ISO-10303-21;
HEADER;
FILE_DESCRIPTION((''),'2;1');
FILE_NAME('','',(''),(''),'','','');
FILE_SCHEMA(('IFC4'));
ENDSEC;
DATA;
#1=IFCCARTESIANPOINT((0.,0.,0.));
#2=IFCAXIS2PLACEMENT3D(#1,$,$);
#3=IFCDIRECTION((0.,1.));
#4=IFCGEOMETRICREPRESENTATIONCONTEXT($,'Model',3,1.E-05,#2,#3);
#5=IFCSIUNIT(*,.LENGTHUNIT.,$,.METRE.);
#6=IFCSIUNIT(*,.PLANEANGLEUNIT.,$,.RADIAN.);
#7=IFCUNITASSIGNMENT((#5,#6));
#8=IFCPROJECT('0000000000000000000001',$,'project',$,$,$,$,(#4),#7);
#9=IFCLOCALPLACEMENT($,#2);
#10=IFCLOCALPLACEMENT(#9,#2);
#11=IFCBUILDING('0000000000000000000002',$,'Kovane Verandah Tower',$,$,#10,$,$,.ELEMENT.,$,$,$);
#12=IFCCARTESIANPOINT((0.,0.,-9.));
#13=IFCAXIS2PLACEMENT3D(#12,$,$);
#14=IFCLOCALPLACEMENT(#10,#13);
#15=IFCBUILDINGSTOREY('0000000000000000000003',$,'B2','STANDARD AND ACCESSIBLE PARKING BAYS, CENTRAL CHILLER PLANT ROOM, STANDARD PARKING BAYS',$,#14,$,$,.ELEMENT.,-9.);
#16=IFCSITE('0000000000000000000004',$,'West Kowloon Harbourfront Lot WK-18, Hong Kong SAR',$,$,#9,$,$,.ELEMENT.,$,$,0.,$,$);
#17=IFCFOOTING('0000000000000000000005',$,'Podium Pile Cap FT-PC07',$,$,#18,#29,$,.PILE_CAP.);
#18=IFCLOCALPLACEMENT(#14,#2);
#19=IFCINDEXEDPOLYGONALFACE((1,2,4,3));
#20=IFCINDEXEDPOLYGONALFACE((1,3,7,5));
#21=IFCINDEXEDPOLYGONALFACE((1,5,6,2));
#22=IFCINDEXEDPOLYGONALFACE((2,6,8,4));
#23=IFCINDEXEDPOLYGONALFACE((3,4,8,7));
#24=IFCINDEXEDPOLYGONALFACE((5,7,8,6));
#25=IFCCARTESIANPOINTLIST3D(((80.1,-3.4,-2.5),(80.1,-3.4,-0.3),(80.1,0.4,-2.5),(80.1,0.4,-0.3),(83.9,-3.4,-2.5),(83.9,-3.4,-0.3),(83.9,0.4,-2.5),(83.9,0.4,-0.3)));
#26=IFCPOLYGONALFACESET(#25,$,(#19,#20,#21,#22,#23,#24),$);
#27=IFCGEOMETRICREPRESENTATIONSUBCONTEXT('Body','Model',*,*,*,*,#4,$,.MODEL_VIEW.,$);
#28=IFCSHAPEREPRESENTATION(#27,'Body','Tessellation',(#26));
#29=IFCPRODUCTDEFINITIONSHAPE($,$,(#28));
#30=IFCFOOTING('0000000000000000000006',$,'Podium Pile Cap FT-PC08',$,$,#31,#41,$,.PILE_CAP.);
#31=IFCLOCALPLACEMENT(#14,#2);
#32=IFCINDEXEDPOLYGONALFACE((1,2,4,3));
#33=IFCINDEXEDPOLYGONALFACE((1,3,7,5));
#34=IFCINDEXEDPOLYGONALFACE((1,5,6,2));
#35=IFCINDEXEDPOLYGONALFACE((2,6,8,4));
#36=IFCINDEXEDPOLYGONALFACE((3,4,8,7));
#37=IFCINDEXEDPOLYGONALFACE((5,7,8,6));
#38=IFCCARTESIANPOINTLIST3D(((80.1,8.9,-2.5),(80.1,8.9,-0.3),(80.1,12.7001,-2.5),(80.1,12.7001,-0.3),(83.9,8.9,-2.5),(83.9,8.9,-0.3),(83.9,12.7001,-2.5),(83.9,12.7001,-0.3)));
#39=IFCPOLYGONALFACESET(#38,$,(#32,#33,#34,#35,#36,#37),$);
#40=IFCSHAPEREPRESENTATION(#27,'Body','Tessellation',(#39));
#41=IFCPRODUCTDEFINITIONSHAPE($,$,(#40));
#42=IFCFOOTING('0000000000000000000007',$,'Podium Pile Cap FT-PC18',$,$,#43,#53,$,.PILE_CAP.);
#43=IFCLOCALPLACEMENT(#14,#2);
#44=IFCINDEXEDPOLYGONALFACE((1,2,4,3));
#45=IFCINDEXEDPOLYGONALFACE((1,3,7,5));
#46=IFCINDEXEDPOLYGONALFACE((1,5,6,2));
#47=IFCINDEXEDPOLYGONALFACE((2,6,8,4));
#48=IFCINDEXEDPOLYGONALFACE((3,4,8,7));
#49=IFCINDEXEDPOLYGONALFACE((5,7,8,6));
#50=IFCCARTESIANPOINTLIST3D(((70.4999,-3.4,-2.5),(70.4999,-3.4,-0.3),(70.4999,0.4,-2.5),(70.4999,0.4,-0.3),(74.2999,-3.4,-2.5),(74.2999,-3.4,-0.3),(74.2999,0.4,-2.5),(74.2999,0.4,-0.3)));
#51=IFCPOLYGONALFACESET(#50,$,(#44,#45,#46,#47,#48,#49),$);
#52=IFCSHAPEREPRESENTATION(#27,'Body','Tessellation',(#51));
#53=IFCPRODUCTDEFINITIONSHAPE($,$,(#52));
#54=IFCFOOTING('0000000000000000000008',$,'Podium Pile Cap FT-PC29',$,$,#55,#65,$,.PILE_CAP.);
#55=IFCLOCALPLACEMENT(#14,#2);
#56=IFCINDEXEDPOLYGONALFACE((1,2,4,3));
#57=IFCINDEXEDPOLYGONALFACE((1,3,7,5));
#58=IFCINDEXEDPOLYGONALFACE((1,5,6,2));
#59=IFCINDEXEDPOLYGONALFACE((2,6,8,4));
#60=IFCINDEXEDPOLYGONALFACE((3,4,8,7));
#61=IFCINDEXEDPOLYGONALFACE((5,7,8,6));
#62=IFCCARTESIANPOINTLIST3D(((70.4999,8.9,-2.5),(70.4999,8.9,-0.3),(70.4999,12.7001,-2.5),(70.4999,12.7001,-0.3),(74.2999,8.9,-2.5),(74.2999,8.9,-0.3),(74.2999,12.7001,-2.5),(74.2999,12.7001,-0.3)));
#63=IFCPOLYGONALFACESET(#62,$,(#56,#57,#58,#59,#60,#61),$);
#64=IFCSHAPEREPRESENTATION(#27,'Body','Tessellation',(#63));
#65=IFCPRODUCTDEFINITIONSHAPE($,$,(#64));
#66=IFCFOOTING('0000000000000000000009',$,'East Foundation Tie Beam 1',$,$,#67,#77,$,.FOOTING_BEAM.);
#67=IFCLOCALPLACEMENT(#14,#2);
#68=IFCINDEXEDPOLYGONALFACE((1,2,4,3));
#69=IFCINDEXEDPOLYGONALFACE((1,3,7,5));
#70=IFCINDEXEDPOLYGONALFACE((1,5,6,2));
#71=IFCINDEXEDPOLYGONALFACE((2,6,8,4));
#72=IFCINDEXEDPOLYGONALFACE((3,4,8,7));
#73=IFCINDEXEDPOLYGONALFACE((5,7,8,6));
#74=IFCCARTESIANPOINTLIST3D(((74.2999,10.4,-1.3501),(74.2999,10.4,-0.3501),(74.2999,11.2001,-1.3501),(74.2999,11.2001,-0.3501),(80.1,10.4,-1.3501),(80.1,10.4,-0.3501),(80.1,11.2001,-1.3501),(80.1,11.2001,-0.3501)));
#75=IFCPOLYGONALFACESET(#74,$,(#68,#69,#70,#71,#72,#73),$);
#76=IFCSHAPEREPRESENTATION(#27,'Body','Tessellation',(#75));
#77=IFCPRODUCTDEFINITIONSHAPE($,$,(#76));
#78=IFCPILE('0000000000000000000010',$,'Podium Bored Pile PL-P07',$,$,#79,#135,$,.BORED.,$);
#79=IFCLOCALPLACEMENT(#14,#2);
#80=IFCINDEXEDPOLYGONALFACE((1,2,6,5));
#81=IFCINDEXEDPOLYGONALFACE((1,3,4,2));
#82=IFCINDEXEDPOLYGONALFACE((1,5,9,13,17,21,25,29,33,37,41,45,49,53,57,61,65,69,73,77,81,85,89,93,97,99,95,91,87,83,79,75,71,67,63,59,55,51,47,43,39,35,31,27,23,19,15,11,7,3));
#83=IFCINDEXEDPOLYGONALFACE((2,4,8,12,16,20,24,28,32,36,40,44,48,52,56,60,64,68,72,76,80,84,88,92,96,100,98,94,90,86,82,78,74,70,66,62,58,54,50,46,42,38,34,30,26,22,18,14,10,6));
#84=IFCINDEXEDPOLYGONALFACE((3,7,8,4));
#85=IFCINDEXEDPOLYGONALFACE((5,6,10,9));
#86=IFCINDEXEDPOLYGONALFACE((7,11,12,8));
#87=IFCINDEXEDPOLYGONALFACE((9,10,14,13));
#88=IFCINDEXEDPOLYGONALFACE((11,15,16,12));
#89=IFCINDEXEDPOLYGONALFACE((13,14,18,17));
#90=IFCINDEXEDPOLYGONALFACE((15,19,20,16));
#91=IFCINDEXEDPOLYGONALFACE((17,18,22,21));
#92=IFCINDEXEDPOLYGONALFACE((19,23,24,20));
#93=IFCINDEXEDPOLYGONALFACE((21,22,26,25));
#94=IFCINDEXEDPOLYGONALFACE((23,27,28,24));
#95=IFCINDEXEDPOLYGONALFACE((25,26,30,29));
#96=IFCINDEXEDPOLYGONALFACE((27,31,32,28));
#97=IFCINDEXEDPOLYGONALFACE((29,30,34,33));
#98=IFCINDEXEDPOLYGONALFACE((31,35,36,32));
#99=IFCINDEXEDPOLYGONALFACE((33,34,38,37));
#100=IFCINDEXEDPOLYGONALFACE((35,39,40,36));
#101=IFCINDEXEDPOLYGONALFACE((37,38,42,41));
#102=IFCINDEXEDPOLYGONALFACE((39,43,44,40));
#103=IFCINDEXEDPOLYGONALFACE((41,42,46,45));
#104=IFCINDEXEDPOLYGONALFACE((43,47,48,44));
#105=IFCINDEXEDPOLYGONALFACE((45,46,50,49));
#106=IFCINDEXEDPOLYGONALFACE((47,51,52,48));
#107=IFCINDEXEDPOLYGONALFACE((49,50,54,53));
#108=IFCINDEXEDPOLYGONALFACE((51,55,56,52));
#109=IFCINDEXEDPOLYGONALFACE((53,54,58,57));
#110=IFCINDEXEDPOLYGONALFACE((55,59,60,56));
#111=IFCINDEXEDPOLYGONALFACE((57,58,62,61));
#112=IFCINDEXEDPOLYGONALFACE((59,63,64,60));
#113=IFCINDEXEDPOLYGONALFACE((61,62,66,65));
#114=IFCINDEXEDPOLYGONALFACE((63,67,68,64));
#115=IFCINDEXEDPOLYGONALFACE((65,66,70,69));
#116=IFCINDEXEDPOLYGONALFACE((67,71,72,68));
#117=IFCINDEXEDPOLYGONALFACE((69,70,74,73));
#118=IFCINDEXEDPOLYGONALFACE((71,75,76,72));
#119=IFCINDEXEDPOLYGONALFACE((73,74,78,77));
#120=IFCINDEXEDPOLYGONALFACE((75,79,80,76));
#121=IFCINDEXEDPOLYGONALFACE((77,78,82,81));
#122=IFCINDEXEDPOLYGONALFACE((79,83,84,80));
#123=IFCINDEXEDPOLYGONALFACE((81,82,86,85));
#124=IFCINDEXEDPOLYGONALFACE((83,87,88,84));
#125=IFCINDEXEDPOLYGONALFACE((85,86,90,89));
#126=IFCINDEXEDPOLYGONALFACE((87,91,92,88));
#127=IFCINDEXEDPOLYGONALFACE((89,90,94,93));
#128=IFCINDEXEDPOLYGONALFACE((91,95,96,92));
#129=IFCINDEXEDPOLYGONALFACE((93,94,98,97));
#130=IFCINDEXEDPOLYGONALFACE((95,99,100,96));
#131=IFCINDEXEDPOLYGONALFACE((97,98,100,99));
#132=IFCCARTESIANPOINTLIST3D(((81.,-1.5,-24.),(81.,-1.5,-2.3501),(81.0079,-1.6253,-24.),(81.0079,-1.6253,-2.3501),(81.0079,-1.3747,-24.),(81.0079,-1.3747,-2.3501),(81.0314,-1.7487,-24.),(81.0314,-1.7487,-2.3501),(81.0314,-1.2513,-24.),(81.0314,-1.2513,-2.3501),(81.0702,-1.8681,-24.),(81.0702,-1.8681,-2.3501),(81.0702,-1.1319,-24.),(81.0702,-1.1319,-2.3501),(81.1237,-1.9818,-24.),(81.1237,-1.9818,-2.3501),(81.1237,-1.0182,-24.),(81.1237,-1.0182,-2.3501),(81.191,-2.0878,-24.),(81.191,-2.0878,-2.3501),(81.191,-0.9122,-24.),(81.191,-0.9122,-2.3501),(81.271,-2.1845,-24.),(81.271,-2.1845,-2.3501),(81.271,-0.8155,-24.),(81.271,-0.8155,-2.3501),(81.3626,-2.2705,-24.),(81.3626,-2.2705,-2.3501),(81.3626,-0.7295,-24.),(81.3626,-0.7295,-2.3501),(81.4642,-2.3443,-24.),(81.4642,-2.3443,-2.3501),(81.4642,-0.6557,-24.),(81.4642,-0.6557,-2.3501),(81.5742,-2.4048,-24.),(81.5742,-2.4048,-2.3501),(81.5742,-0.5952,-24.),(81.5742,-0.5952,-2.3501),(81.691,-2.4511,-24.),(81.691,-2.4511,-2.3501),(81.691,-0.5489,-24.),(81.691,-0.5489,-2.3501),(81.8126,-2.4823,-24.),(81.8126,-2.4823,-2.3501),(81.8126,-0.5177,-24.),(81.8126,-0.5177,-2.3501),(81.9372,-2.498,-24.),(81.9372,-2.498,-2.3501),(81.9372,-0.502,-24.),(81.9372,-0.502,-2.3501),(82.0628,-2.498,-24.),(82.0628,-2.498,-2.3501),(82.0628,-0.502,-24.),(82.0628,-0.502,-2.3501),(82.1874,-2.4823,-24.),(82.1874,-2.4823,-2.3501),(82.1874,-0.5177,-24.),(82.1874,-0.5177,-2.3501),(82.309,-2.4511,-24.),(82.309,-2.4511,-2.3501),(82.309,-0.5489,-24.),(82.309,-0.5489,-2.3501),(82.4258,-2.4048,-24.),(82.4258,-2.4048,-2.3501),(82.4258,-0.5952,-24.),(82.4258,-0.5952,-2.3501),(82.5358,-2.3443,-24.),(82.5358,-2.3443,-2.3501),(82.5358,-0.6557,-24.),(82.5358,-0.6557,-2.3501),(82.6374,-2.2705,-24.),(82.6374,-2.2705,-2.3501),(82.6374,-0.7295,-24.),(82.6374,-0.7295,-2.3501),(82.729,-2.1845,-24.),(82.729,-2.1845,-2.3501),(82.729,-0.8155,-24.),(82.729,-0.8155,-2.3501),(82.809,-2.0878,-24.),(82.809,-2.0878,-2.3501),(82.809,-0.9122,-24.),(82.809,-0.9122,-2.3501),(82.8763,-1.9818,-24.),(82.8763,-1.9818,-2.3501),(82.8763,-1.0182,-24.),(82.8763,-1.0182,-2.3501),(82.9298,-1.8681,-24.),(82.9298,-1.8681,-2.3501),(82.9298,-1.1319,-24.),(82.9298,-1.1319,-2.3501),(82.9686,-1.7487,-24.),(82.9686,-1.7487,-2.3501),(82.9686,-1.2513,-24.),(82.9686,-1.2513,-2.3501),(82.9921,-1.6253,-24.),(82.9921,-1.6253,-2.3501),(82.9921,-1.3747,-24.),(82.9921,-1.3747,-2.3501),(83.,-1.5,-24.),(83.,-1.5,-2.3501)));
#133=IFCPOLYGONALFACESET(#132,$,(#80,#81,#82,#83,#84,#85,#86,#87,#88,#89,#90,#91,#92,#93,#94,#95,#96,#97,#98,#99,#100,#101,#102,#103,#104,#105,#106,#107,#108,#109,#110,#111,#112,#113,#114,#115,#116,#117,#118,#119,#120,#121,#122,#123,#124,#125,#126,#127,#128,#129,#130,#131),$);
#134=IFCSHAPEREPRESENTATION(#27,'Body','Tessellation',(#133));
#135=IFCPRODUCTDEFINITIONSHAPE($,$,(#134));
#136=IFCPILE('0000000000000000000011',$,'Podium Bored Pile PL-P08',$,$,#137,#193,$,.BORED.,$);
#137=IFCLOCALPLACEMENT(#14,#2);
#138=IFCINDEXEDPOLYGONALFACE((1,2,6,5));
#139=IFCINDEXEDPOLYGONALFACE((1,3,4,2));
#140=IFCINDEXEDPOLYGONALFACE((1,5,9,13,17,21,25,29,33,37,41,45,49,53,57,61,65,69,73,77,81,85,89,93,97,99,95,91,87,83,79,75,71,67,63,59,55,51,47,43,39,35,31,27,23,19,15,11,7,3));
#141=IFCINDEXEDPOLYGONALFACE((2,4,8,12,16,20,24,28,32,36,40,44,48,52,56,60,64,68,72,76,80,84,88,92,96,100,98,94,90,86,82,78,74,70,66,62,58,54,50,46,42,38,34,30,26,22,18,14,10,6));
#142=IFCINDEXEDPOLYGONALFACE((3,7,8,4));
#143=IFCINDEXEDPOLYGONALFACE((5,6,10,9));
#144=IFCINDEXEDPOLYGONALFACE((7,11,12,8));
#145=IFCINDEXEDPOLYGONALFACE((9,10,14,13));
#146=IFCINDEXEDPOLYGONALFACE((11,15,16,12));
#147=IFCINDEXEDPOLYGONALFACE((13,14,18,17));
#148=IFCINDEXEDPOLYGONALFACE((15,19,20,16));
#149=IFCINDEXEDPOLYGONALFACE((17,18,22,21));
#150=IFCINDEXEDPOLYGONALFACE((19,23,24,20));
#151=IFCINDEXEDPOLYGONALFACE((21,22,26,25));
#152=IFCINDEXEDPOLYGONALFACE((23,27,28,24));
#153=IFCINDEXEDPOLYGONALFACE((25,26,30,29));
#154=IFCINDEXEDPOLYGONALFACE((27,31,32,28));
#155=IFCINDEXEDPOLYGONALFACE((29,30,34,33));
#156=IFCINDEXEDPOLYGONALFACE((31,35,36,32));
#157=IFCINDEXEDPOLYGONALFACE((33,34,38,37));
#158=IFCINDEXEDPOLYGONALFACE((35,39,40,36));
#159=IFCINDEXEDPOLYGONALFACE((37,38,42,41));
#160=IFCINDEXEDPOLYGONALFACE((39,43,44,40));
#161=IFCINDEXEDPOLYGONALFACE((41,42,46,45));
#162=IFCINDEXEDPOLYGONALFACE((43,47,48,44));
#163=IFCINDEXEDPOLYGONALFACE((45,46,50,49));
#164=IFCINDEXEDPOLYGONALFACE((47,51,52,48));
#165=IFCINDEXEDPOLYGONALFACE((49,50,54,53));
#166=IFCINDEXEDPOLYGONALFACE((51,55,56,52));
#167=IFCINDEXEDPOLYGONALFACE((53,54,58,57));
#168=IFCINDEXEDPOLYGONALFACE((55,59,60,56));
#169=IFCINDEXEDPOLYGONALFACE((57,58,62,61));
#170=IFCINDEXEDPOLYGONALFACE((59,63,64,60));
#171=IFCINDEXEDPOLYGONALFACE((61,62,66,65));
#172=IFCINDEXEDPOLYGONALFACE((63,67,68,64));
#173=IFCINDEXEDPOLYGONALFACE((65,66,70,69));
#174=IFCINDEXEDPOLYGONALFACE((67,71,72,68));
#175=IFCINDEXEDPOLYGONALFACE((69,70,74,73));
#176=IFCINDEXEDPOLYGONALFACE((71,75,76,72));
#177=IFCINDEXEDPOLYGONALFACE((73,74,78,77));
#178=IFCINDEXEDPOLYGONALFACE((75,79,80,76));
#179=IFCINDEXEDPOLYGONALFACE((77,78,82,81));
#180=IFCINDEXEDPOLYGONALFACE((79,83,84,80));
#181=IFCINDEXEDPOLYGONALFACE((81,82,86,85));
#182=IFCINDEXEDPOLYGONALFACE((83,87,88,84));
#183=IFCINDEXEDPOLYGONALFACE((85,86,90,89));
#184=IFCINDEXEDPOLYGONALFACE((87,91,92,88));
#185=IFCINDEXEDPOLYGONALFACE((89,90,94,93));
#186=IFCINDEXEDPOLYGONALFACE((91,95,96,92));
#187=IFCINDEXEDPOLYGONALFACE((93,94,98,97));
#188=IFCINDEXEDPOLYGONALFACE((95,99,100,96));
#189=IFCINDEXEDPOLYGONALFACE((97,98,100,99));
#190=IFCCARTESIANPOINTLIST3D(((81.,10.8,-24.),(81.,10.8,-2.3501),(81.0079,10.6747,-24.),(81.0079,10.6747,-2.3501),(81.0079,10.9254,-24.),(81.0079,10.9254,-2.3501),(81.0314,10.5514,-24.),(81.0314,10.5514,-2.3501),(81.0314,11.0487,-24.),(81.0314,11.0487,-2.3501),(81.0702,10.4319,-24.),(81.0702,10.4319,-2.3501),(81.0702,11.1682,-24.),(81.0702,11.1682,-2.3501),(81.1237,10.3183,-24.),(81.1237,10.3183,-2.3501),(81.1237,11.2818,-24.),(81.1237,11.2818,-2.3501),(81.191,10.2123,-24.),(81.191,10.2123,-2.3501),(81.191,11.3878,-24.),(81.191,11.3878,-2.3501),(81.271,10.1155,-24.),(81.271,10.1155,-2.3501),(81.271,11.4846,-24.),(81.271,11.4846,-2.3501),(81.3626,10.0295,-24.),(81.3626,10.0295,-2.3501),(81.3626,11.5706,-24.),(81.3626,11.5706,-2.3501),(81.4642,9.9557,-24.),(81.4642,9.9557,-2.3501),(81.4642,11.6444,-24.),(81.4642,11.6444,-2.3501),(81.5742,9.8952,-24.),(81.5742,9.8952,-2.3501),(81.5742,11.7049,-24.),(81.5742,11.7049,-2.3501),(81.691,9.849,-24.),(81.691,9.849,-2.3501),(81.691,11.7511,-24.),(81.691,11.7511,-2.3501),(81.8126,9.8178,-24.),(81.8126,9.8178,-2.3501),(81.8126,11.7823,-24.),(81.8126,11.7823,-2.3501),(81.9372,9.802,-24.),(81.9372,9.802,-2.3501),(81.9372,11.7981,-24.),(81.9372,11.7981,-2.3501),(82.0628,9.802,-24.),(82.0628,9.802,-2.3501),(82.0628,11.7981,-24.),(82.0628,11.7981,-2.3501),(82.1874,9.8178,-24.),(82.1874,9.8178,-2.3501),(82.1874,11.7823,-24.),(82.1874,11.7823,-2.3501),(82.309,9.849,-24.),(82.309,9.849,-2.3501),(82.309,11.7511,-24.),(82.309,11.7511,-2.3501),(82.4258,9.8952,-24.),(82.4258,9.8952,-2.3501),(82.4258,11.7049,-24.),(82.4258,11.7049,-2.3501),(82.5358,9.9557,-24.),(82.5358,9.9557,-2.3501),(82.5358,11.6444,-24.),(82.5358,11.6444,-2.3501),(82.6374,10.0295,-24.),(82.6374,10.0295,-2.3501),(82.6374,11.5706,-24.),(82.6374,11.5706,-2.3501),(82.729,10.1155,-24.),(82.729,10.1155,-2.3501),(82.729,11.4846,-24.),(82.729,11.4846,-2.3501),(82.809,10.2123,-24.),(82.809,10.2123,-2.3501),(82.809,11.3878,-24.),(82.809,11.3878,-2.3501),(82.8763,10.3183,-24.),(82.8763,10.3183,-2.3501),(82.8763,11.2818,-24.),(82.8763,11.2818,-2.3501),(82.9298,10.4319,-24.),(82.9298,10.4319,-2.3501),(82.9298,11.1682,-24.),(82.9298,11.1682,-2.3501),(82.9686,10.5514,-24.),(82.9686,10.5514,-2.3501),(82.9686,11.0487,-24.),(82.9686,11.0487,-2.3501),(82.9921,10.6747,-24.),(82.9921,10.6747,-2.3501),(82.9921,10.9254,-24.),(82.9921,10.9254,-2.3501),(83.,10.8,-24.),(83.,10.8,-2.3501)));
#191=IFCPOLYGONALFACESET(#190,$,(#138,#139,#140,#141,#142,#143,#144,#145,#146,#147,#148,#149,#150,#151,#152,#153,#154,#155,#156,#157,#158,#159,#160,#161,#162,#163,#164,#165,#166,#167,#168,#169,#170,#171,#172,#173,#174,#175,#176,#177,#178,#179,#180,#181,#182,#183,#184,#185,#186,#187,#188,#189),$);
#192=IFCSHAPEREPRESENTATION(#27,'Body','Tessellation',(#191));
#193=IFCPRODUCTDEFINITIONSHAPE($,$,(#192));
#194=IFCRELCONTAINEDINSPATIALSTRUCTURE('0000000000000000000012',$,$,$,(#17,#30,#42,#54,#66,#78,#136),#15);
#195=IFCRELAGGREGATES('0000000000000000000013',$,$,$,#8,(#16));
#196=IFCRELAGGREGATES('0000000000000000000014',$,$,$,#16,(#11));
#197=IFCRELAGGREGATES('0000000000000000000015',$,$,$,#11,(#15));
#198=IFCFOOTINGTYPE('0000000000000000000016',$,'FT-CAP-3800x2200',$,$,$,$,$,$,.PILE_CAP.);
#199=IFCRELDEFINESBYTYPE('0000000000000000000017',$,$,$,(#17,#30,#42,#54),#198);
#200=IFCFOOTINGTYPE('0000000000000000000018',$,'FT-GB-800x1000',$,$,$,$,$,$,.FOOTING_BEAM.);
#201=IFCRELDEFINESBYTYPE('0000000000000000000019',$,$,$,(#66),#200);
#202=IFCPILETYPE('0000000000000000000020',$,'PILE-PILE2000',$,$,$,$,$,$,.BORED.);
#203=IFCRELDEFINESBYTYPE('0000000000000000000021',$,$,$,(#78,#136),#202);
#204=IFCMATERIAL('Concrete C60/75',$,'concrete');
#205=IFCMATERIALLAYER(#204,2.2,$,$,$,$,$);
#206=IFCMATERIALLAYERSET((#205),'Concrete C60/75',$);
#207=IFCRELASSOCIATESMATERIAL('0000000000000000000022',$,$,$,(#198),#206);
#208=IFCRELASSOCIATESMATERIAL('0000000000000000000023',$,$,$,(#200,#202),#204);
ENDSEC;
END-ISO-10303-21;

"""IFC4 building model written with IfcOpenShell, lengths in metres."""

from ifc_helpers import new_model, si_unit, direction, frame, origin, origin_2d, place, context, subcontext, project, spatial, rectangle, circle, extrude, material, layer, layer_set, material_profile, profile_set, type_object, element, save


model = new_model("IFC4")

# Units and contexts
model_context = context("Model", 3, precision=1e-05, world=origin(), true_north=direction((0.0, 1.0)))
body_context = subcontext(model_context, "Body", "Model", "MODEL_VIEW")
ifc_project = project(units=[si_unit("LENGTHUNIT", "METRE"), si_unit("PLANEANGLEUNIT", "RADIAN")], contexts=[model_context])

# Site, building, storey
site_placement = place(None, origin())
site = spatial("IfcSite", under=ifc_project, at=site_placement, Name="West Kowloon Harbourfront Lot WK-18, Hong Kong SAR", CompositionType="ELEMENT", RefElevation=0.0)
building_placement = place(site_placement, origin())
building = spatial("IfcBuilding", under=site, at=building_placement, Name="Kovane Verandah Tower", CompositionType="ELEMENT")
storey_placement = place(building_placement, frame((0.0, 0.0, -9.0)))
storey = spatial("IfcBuildingStorey", under=building, at=storey_placement, Name="B2", Description="STANDARD AND ACCESSIBLE PARKING BAYS, CENTRAL CHILLER PLANT ROOM, STANDARD PARKING BAYS", CompositionType="ELEMENT", Elevation=-9.0)

# Footings
ifc_material_1 = material(Name="Concrete C60/75", Category="concrete")
ifc_layer_1 = layer(ifc_material_1, 2.2)
ifc_layer_set_1 = layer_set([ifc_layer_1], Name="Concrete C60/75")
footing_type_1 = type_object("IfcFootingType", Name="FT-CAP-3800x2200", PredefinedType="PILE_CAP", material=ifc_layer_set_1)
for number, where, z_axis, x_axis, name in (
    (1, (82.0, -1.5, -2.5), (0.0, 0.0, 1.0), (1.0, 0.0, 0.0), "Podium Pile Cap FT-PC07"),
    (2, (82.0, 10.8, -2.5), (0.0, 0.0, 1.0), (1.0, 0.0, 0.0), "Podium Pile Cap FT-PC08"),
    (3, (72.3999, -1.5, -2.5), (0.0, 0.0, 1.0), (1.0, 0.0, 0.0), "Podium Pile Cap FT-PC18"),
    (4, (72.3999, 10.8, -2.5), (0.0, 0.0, 1.0), (1.0, 0.0, 0.0), "Podium Pile Cap FT-PC29"),
):
    element("IfcFooting", number, at=place(storey_placement, frame(where, z_axis=z_axis, x_axis=x_axis)), inside=storey, type_object=footing_type_1, Name=name, PredefinedType="PILE_CAP", context=body_context, shape_type="SweptSolid", body=[
        extrude(rectangle(XDim=3.8, YDim=3.8, at=origin_2d()), origin(), (0.0, 0.0, 1.0), 2.2),
    ])
ifc_material_profile_1 = material_profile(ifc_material_1, rectangle(XDim=0.8, YDim=1.0, at=origin_2d()), Name="RCB800x1000")
ifc_profile_set_1 = profile_set([ifc_material_profile_1], Name="Concrete C60/75")
footing_type_2 = type_object("IfcFootingType", Name="FT-GB-800x1000", PredefinedType="FOOTING_BEAM", material=ifc_profile_set_1)
footing_placement = place(storey_placement, frame((77.2, 10.8, -1.3501), z_axis=(0.0, 0.0, 1.0), x_axis=(1.0, 0.0, 0.0)))
element("IfcFooting", 5, at=footing_placement, inside=storey, type_object=footing_type_2, Name="East Foundation Tie Beam 1", PredefinedType="FOOTING_BEAM", context=body_context, shape_type="SweptSolid", body=[
    extrude(rectangle(XDim=5.8, YDim=0.8, at=origin_2d()), origin(), (0.0, 0.0, 1.0), 1.0),
])

# Piles
ifc_material_profile_2 = material_profile(ifc_material_1, circle(Radius=1.0, at=origin_2d()), Name="PILE2000")
ifc_profile_set_2 = profile_set([ifc_material_profile_2], Name="Concrete C60/75")
pile_type = type_object("IfcPileType", Name="PILE-PILE2000", PredefinedType="BORED", material=ifc_profile_set_2)
for number, where, z_axis, x_axis, name in (
    (6, (82.0, -1.5, -2.3501), (0.0, 0.0, -1.0), (1.0, 0.0, 0.0), "Podium Bored Pile PL-P07"),
    (7, (82.0, 10.8, -2.3501), (0.0, 0.0, -1.0), (1.0, 0.0, 0.0), "Podium Bored Pile PL-P08"),
):
    element("IfcPile", number, at=place(storey_placement, frame(where, z_axis=z_axis, x_axis=x_axis)), inside=storey, type_object=pile_type, Name=name, PredefinedType="BORED", context=body_context, shape_type="SweptSolid", body=[
        extrude(circle(Radius=1.0, at=origin_2d()), origin(), (0.0, 0.0, 1.0), 21.6499),
    ])

save(model, "model.ifc")
